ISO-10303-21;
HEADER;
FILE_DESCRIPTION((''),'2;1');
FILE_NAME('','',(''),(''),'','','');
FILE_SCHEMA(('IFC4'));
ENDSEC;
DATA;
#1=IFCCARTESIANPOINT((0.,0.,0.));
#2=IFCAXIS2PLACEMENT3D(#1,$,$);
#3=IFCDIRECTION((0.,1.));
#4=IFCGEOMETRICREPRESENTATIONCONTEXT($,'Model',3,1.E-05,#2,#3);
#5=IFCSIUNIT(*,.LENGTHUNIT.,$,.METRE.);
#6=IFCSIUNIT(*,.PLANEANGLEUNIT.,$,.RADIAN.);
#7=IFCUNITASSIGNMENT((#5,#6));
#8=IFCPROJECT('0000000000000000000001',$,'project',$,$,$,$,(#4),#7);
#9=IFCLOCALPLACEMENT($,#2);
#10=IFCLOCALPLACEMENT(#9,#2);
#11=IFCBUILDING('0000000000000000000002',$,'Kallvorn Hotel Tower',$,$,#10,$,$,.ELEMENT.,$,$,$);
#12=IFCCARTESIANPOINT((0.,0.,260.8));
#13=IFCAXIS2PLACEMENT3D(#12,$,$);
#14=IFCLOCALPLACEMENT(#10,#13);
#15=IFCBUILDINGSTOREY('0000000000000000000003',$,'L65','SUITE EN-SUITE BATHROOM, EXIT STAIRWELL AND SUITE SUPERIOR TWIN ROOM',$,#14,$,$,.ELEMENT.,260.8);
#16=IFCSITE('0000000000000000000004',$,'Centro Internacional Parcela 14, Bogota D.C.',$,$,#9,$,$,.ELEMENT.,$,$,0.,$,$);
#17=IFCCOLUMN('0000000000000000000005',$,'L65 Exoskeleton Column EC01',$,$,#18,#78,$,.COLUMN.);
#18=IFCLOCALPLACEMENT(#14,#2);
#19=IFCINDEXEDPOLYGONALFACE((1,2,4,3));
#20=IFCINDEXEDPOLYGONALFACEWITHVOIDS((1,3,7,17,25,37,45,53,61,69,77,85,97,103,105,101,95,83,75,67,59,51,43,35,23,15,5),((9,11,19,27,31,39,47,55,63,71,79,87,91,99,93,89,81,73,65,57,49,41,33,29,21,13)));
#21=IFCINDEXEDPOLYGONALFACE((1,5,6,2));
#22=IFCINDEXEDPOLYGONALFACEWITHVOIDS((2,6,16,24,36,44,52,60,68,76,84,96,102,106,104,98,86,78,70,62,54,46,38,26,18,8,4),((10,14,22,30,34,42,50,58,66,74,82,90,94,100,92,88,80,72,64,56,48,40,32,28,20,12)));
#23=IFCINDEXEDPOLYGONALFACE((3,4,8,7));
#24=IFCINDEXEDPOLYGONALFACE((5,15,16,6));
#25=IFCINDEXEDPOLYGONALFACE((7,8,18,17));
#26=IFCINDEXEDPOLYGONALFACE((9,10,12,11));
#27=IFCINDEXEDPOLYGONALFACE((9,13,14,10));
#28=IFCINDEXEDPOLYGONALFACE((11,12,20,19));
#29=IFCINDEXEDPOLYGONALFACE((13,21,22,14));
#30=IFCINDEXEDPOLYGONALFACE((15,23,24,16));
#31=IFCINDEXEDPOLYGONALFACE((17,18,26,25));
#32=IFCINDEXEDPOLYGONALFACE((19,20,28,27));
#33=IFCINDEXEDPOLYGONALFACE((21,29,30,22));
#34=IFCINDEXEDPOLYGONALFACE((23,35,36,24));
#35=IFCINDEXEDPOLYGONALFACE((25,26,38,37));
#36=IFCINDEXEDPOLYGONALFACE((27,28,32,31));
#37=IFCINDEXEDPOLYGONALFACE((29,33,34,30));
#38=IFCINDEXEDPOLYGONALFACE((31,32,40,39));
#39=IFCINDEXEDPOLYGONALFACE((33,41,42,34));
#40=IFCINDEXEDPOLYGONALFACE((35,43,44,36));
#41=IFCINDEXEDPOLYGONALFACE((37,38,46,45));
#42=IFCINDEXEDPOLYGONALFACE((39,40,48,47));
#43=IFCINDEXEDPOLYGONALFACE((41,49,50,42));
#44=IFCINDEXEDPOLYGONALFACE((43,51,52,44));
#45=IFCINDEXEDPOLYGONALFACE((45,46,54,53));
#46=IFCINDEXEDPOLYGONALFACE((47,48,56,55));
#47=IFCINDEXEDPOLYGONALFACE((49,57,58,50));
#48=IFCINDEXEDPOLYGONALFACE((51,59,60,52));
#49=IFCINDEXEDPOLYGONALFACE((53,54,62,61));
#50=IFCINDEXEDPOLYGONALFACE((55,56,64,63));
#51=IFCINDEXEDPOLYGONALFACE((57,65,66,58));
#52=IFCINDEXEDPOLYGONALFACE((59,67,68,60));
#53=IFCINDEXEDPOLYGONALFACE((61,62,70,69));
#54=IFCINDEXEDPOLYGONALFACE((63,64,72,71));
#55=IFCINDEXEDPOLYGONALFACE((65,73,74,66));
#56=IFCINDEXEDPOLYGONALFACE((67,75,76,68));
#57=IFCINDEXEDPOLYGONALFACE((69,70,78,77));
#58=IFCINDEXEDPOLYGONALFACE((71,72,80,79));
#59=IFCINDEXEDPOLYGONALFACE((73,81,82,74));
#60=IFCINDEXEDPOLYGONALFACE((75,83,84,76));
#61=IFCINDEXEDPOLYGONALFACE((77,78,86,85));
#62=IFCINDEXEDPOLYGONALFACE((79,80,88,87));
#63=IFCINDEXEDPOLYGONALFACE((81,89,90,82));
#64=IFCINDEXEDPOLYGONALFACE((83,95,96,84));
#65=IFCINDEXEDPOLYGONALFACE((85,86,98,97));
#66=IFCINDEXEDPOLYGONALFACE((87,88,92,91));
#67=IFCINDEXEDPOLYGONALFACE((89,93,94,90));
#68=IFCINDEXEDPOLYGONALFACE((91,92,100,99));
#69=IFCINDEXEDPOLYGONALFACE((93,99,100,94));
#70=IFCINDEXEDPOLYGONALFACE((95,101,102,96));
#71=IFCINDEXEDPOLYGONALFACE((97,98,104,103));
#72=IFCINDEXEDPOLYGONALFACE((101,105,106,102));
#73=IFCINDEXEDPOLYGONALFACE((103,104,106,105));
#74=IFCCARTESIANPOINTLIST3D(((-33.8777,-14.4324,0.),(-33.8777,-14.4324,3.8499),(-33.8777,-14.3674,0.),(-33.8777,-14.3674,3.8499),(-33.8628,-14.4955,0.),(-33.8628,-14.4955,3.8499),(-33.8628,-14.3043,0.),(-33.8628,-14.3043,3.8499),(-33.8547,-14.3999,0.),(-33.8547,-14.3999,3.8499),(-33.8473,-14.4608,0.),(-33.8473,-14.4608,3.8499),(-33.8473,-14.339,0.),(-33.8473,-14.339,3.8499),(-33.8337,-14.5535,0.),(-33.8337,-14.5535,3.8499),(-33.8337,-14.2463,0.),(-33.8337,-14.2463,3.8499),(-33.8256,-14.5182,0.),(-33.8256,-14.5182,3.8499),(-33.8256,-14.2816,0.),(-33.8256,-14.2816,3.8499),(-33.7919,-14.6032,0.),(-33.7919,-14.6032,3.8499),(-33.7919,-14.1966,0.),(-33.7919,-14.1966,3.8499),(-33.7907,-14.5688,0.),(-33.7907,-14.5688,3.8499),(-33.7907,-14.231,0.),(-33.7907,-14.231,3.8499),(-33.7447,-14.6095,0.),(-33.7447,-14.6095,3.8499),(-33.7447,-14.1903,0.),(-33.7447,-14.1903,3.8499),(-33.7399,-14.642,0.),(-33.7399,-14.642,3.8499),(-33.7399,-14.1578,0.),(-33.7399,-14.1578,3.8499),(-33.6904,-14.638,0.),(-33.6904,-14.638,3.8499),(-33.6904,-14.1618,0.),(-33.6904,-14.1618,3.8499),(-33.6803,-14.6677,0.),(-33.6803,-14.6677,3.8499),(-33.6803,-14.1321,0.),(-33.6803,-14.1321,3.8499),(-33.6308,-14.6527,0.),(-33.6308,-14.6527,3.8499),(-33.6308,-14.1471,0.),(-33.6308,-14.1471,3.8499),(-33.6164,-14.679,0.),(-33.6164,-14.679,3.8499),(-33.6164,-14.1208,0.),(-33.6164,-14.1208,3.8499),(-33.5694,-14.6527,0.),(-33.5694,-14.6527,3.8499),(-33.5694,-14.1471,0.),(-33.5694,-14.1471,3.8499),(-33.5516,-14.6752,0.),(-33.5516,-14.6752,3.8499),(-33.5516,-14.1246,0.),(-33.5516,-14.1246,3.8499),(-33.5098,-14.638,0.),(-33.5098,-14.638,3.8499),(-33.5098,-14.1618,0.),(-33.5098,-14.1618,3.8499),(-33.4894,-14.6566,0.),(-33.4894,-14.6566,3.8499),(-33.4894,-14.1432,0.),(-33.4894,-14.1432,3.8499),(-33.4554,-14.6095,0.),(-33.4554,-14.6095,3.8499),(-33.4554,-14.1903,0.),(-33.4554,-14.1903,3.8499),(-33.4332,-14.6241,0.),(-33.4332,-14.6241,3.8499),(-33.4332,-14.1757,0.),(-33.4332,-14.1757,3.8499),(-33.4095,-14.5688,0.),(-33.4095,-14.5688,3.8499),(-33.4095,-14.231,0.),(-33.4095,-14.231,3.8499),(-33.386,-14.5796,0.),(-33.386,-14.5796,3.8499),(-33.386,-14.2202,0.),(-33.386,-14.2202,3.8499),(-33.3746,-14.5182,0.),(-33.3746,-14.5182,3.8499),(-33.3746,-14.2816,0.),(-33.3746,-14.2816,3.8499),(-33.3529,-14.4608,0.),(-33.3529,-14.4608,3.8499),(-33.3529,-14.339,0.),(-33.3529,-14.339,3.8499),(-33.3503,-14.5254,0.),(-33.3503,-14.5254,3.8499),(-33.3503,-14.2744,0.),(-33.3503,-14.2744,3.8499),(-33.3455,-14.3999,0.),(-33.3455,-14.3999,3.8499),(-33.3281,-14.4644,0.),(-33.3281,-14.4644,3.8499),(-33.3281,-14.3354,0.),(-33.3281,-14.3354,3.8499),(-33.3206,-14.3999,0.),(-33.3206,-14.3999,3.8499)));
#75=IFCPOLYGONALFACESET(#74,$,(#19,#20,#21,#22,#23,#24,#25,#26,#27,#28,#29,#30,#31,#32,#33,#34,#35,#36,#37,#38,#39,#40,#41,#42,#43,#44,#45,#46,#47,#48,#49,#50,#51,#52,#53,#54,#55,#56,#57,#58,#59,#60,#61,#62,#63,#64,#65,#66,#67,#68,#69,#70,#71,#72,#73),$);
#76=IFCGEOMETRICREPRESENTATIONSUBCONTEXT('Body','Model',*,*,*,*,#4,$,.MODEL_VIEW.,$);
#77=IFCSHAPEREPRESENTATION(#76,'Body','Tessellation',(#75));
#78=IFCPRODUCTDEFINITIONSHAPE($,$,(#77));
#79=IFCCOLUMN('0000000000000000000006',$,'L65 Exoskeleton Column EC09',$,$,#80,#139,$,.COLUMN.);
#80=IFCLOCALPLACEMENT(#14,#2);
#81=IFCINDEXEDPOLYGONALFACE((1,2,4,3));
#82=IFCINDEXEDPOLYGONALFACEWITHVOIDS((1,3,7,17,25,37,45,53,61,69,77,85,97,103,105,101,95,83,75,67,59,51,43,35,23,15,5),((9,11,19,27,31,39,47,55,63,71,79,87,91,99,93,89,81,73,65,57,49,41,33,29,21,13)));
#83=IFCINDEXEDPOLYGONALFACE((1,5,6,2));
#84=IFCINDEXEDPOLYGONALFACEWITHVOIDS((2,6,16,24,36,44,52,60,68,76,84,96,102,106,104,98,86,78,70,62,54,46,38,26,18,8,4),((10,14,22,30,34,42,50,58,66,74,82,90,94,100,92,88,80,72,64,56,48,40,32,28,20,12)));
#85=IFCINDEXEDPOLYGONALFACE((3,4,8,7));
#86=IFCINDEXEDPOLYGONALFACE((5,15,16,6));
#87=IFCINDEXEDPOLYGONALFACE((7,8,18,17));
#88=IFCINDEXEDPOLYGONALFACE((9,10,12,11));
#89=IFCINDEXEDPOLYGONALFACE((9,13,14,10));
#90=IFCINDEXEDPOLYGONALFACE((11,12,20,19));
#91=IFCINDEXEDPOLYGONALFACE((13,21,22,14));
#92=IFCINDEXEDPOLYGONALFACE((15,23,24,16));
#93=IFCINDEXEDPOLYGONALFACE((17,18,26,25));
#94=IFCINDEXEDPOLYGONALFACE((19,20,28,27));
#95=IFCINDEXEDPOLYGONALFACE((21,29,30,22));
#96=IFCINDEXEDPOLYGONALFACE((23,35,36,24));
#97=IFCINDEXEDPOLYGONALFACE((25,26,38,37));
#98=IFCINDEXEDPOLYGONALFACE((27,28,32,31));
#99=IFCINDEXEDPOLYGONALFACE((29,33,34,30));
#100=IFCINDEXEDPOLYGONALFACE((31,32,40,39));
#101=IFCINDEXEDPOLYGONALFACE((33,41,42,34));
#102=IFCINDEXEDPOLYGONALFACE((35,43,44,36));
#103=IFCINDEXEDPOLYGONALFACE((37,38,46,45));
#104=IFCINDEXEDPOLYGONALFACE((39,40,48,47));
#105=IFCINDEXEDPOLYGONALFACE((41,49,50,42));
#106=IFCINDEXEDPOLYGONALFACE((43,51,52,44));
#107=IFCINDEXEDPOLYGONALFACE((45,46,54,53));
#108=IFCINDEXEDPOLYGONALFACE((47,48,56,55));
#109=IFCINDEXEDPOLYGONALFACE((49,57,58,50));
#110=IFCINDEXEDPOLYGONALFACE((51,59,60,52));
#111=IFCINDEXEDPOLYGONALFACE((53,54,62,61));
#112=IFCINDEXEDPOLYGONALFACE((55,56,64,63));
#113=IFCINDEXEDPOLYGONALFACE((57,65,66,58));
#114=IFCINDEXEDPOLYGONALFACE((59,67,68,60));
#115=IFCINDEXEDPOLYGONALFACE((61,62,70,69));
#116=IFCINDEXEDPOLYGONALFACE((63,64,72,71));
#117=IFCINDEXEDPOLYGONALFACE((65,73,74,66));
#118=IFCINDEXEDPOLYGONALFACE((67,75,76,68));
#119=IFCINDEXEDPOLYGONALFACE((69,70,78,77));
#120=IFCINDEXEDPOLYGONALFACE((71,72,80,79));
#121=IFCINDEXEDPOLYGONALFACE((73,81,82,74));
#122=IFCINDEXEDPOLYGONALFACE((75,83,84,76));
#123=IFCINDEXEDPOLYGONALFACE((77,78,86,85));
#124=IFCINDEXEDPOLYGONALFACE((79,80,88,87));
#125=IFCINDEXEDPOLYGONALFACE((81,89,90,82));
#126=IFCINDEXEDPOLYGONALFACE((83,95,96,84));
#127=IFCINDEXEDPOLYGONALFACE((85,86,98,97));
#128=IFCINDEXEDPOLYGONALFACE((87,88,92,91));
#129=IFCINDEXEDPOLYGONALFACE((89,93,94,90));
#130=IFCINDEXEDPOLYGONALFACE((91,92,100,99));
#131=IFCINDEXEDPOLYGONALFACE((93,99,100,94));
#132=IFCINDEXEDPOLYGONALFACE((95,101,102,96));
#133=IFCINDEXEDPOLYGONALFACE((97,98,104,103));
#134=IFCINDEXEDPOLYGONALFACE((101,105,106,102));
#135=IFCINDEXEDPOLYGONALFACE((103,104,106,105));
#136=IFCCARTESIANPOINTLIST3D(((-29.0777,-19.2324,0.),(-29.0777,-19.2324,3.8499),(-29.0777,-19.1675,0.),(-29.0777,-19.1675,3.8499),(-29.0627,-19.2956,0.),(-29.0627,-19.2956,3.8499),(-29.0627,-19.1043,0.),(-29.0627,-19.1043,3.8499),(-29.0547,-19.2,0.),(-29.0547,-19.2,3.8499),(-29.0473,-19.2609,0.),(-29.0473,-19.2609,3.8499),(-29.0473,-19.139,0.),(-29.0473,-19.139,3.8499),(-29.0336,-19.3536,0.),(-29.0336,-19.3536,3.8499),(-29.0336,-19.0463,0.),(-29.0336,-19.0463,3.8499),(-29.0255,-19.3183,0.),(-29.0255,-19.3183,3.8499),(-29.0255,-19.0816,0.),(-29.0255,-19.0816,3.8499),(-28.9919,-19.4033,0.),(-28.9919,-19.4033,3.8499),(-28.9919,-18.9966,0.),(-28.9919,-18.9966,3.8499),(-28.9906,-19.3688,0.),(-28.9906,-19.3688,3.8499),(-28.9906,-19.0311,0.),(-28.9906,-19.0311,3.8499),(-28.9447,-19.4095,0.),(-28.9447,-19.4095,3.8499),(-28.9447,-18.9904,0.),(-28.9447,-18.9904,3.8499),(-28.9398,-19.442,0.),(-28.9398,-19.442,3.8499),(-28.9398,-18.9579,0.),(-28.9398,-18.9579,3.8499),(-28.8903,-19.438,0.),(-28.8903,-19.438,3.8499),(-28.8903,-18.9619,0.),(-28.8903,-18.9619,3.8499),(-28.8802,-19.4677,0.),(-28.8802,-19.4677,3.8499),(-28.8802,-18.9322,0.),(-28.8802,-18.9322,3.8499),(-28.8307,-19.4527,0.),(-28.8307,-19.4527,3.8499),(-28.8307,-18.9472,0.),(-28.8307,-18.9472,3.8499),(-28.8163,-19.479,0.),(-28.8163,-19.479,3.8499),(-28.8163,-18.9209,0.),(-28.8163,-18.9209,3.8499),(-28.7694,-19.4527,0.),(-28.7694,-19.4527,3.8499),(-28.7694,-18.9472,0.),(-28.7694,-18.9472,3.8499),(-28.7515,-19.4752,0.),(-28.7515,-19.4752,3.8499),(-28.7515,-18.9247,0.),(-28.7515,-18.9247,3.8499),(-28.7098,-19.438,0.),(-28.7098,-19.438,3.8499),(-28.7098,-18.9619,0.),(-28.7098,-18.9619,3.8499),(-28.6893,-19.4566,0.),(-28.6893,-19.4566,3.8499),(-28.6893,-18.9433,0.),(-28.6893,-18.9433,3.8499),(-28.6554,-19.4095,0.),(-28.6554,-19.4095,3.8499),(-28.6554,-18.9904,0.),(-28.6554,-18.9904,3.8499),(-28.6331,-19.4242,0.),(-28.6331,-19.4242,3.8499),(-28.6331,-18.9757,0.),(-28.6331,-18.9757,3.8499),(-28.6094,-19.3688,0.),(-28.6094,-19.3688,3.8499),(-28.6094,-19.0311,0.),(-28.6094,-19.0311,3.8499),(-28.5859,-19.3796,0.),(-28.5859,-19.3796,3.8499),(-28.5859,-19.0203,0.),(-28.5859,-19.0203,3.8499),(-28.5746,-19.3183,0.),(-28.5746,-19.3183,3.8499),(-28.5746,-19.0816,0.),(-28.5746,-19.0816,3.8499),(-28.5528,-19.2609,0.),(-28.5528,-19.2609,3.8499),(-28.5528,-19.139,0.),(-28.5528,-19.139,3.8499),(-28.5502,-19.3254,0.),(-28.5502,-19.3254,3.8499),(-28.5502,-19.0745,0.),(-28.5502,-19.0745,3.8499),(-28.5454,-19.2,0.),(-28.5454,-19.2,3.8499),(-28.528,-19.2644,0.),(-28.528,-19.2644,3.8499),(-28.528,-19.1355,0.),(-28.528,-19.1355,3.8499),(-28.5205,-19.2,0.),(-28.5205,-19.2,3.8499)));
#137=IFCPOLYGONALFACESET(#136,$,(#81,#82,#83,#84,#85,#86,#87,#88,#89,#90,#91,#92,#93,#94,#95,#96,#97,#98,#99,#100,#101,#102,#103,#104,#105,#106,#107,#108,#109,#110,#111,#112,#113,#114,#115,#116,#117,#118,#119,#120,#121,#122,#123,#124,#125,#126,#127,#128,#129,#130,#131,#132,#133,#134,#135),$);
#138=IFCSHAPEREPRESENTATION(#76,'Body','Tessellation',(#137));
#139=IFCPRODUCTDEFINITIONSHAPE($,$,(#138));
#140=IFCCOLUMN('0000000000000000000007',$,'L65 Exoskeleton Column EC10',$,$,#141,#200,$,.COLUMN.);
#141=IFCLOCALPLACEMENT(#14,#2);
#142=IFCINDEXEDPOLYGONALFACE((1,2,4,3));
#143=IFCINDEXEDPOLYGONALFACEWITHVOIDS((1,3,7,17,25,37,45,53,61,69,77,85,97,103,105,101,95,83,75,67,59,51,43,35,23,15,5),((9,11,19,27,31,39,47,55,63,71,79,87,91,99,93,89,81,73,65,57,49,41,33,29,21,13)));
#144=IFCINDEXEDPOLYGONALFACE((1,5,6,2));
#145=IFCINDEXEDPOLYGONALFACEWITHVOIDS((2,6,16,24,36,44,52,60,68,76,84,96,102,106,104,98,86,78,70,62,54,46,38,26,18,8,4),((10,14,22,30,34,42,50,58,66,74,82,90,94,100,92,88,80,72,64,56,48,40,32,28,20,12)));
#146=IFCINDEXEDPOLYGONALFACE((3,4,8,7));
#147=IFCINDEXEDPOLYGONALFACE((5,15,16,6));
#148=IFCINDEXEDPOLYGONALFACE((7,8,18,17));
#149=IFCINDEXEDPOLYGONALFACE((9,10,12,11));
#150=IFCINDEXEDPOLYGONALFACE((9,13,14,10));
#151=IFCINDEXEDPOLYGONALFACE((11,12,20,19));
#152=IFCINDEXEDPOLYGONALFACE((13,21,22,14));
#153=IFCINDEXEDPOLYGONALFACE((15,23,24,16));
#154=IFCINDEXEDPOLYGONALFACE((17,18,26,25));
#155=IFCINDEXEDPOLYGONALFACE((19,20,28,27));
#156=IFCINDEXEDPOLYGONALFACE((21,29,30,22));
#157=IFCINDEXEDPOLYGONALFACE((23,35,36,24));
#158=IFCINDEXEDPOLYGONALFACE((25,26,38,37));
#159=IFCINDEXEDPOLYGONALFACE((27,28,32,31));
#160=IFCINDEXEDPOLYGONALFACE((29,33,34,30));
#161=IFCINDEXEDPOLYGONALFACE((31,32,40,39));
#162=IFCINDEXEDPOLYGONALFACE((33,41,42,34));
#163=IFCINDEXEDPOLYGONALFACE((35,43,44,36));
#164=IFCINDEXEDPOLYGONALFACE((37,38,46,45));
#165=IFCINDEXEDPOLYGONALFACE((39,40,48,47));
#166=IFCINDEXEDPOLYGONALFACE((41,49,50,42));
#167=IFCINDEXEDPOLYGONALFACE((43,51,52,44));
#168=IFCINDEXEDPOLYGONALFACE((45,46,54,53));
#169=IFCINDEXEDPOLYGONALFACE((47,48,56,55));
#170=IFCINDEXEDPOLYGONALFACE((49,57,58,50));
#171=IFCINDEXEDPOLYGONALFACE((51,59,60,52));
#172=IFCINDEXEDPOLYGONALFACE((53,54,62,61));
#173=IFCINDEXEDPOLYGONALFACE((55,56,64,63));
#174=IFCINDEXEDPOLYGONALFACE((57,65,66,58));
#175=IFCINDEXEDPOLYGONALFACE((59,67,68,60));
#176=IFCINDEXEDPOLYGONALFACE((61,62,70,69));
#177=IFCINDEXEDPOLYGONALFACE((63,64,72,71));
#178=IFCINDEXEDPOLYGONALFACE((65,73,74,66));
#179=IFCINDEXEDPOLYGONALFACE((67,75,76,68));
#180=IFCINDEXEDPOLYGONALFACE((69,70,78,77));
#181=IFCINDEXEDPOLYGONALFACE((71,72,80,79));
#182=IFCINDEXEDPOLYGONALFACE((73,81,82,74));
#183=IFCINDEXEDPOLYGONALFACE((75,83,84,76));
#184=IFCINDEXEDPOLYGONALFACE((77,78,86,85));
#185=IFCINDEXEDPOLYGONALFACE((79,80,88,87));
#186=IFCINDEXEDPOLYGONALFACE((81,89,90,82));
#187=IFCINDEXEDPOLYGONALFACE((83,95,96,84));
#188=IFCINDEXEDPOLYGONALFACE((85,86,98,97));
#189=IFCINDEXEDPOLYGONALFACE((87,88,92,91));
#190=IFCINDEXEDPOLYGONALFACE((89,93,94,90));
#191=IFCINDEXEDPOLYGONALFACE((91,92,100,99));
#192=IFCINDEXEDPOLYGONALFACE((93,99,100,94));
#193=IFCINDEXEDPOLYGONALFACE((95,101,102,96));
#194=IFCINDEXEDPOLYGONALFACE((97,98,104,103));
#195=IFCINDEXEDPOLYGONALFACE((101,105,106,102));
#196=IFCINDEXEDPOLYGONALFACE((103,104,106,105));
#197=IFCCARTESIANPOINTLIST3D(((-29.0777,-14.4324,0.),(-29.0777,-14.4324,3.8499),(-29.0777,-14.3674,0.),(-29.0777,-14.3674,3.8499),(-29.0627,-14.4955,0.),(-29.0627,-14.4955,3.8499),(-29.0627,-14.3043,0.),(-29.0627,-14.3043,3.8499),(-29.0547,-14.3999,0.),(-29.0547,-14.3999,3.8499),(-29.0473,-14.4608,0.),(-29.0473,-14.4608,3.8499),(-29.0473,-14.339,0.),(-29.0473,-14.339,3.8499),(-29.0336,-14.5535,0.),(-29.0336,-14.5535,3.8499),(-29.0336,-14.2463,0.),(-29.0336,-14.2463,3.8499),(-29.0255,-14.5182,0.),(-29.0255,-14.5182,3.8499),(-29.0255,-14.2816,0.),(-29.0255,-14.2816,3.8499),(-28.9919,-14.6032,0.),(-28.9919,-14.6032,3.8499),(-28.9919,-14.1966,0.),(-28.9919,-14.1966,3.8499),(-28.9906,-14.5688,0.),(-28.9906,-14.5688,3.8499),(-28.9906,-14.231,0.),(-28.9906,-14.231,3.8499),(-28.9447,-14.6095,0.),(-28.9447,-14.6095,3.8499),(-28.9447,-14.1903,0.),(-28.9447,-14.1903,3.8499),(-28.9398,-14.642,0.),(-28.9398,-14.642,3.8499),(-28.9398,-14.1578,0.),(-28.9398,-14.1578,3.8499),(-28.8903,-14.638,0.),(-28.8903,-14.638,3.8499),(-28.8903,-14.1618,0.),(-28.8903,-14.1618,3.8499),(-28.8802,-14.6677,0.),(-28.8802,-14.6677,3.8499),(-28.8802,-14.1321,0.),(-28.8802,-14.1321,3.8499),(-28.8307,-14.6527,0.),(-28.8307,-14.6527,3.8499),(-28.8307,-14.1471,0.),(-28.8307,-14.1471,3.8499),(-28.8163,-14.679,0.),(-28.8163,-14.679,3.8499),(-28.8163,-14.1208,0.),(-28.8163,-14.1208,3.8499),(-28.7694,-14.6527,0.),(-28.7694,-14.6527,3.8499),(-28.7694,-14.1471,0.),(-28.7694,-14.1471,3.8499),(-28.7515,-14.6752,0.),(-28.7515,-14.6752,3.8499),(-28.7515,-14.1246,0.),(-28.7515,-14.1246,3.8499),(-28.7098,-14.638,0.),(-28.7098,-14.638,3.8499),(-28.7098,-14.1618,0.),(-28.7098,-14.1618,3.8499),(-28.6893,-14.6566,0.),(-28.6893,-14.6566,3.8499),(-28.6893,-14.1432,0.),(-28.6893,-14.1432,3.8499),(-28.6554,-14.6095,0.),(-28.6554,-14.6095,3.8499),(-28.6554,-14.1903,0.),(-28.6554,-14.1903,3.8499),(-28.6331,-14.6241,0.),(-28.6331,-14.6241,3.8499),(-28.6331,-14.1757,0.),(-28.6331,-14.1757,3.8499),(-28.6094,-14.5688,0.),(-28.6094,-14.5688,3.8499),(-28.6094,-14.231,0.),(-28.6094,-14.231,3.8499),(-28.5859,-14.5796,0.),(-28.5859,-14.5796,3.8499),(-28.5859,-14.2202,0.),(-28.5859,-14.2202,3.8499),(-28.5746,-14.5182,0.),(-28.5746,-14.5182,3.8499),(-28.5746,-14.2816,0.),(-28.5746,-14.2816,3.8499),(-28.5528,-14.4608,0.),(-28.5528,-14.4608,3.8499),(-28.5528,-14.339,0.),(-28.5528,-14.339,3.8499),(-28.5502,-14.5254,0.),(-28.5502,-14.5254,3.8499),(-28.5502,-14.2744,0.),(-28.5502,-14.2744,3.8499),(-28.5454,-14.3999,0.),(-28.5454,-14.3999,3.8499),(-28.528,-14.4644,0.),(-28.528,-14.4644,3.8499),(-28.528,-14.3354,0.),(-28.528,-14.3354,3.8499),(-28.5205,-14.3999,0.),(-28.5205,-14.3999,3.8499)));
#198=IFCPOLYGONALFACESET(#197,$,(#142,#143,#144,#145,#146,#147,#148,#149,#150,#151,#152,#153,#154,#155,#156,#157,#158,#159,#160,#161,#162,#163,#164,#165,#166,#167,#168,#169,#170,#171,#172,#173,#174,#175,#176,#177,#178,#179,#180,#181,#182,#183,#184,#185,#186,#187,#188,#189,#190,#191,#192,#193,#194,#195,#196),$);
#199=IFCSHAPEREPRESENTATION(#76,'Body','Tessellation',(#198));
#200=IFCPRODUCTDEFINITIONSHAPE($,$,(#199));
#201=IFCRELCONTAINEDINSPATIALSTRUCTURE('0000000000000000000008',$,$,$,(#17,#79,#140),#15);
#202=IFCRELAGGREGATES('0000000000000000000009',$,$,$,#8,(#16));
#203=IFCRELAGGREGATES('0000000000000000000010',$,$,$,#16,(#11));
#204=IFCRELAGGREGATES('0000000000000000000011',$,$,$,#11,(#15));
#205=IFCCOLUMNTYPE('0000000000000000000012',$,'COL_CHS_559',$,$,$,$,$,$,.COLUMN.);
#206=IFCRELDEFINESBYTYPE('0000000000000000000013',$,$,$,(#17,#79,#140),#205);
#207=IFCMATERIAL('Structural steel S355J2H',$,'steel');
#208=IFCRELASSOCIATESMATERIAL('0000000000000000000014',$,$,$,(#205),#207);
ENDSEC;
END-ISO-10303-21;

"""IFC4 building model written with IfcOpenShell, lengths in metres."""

from ifc_helpers import new_model, si_unit, direction, frame, origin, origin_2d, place, context, subcontext, project, spatial, hollow_circle, extrude, material, material_profile, profile_set, type_object, element, save


model = new_model("IFC4")

# Units and contexts
model_context = context("Model", 3, precision=1e-05, world=origin(), true_north=direction((0.0, 1.0)))
body_context = subcontext(model_context, "Body", "Model", "MODEL_VIEW")
ifc_project = project(units=[si_unit("LENGTHUNIT", "METRE"), si_unit("PLANEANGLEUNIT", "RADIAN")], contexts=[model_context])

# Site, building, storey
site_placement = place(None, origin())
site = spatial("IfcSite", under=ifc_project, at=site_placement, Name="Centro Internacional Parcela 14, Bogota D.C.", CompositionType="ELEMENT", RefElevation=0.0)
building_placement = place(site_placement, origin())
building = spatial("IfcBuilding", under=site, at=building_placement, Name="Kallvorn Hotel Tower", CompositionType="ELEMENT")
storey_placement = place(building_placement, frame((0.0, 0.0, 260.8)))
storey = spatial("IfcBuildingStorey", under=building, at=storey_placement, Name="L65", Description="SUITE EN-SUITE BATHROOM, EXIT STAIRWELL AND SUITE SUPERIOR TWIN ROOM", CompositionType="ELEMENT", Elevation=260.8)

# Columns
ifc_material_1 = material(Name="Structural steel S355J2H", Category="steel")
ifc_material_profile_1 = material_profile(ifc_material_1, hollow_circle(Radius=0.2795, WallThickness=0.0249, at=origin_2d()), Name="CHS 559x25")
ifc_profile_set_1 = profile_set([ifc_material_profile_1], Name="Structural steel S355J2H")
column_type = type_object("IfcColumnType", Name="COL_CHS_559", PredefinedType="COLUMN", material=ifc_profile_set_1)
for number, where, z_axis, x_axis, name in (
    (1, (-33.6001, -14.3999, 0.0), (0.0, 0.0, 1.0), (1.0, 0.0, 0.0), "L65 Exoskeleton Column EC01"),
    (2, (-28.8, -19.2, 0.0), (0.0, 0.0, 1.0), (1.0, 0.0, 0.0), "L65 Exoskeleton Column EC09"),
    (3, (-28.8, -14.3999, 0.0), (0.0, 0.0, 1.0), (1.0, 0.0, 0.0), "L65 Exoskeleton Column EC10"),
):
    element("IfcColumn", number, at=place(storey_placement, frame(where, z_axis=z_axis, x_axis=x_axis)), inside=storey, type_object=column_type, Name=name, PredefinedType="COLUMN", context=body_context, shape_type="SweptSolid", body=[
        extrude(hollow_circle(Radius=0.2795, WallThickness=0.0249, at=origin_2d()), origin(), (0.0, 0.0, 1.0), 3.8499),
    ])

save(model, "model.ifc")
